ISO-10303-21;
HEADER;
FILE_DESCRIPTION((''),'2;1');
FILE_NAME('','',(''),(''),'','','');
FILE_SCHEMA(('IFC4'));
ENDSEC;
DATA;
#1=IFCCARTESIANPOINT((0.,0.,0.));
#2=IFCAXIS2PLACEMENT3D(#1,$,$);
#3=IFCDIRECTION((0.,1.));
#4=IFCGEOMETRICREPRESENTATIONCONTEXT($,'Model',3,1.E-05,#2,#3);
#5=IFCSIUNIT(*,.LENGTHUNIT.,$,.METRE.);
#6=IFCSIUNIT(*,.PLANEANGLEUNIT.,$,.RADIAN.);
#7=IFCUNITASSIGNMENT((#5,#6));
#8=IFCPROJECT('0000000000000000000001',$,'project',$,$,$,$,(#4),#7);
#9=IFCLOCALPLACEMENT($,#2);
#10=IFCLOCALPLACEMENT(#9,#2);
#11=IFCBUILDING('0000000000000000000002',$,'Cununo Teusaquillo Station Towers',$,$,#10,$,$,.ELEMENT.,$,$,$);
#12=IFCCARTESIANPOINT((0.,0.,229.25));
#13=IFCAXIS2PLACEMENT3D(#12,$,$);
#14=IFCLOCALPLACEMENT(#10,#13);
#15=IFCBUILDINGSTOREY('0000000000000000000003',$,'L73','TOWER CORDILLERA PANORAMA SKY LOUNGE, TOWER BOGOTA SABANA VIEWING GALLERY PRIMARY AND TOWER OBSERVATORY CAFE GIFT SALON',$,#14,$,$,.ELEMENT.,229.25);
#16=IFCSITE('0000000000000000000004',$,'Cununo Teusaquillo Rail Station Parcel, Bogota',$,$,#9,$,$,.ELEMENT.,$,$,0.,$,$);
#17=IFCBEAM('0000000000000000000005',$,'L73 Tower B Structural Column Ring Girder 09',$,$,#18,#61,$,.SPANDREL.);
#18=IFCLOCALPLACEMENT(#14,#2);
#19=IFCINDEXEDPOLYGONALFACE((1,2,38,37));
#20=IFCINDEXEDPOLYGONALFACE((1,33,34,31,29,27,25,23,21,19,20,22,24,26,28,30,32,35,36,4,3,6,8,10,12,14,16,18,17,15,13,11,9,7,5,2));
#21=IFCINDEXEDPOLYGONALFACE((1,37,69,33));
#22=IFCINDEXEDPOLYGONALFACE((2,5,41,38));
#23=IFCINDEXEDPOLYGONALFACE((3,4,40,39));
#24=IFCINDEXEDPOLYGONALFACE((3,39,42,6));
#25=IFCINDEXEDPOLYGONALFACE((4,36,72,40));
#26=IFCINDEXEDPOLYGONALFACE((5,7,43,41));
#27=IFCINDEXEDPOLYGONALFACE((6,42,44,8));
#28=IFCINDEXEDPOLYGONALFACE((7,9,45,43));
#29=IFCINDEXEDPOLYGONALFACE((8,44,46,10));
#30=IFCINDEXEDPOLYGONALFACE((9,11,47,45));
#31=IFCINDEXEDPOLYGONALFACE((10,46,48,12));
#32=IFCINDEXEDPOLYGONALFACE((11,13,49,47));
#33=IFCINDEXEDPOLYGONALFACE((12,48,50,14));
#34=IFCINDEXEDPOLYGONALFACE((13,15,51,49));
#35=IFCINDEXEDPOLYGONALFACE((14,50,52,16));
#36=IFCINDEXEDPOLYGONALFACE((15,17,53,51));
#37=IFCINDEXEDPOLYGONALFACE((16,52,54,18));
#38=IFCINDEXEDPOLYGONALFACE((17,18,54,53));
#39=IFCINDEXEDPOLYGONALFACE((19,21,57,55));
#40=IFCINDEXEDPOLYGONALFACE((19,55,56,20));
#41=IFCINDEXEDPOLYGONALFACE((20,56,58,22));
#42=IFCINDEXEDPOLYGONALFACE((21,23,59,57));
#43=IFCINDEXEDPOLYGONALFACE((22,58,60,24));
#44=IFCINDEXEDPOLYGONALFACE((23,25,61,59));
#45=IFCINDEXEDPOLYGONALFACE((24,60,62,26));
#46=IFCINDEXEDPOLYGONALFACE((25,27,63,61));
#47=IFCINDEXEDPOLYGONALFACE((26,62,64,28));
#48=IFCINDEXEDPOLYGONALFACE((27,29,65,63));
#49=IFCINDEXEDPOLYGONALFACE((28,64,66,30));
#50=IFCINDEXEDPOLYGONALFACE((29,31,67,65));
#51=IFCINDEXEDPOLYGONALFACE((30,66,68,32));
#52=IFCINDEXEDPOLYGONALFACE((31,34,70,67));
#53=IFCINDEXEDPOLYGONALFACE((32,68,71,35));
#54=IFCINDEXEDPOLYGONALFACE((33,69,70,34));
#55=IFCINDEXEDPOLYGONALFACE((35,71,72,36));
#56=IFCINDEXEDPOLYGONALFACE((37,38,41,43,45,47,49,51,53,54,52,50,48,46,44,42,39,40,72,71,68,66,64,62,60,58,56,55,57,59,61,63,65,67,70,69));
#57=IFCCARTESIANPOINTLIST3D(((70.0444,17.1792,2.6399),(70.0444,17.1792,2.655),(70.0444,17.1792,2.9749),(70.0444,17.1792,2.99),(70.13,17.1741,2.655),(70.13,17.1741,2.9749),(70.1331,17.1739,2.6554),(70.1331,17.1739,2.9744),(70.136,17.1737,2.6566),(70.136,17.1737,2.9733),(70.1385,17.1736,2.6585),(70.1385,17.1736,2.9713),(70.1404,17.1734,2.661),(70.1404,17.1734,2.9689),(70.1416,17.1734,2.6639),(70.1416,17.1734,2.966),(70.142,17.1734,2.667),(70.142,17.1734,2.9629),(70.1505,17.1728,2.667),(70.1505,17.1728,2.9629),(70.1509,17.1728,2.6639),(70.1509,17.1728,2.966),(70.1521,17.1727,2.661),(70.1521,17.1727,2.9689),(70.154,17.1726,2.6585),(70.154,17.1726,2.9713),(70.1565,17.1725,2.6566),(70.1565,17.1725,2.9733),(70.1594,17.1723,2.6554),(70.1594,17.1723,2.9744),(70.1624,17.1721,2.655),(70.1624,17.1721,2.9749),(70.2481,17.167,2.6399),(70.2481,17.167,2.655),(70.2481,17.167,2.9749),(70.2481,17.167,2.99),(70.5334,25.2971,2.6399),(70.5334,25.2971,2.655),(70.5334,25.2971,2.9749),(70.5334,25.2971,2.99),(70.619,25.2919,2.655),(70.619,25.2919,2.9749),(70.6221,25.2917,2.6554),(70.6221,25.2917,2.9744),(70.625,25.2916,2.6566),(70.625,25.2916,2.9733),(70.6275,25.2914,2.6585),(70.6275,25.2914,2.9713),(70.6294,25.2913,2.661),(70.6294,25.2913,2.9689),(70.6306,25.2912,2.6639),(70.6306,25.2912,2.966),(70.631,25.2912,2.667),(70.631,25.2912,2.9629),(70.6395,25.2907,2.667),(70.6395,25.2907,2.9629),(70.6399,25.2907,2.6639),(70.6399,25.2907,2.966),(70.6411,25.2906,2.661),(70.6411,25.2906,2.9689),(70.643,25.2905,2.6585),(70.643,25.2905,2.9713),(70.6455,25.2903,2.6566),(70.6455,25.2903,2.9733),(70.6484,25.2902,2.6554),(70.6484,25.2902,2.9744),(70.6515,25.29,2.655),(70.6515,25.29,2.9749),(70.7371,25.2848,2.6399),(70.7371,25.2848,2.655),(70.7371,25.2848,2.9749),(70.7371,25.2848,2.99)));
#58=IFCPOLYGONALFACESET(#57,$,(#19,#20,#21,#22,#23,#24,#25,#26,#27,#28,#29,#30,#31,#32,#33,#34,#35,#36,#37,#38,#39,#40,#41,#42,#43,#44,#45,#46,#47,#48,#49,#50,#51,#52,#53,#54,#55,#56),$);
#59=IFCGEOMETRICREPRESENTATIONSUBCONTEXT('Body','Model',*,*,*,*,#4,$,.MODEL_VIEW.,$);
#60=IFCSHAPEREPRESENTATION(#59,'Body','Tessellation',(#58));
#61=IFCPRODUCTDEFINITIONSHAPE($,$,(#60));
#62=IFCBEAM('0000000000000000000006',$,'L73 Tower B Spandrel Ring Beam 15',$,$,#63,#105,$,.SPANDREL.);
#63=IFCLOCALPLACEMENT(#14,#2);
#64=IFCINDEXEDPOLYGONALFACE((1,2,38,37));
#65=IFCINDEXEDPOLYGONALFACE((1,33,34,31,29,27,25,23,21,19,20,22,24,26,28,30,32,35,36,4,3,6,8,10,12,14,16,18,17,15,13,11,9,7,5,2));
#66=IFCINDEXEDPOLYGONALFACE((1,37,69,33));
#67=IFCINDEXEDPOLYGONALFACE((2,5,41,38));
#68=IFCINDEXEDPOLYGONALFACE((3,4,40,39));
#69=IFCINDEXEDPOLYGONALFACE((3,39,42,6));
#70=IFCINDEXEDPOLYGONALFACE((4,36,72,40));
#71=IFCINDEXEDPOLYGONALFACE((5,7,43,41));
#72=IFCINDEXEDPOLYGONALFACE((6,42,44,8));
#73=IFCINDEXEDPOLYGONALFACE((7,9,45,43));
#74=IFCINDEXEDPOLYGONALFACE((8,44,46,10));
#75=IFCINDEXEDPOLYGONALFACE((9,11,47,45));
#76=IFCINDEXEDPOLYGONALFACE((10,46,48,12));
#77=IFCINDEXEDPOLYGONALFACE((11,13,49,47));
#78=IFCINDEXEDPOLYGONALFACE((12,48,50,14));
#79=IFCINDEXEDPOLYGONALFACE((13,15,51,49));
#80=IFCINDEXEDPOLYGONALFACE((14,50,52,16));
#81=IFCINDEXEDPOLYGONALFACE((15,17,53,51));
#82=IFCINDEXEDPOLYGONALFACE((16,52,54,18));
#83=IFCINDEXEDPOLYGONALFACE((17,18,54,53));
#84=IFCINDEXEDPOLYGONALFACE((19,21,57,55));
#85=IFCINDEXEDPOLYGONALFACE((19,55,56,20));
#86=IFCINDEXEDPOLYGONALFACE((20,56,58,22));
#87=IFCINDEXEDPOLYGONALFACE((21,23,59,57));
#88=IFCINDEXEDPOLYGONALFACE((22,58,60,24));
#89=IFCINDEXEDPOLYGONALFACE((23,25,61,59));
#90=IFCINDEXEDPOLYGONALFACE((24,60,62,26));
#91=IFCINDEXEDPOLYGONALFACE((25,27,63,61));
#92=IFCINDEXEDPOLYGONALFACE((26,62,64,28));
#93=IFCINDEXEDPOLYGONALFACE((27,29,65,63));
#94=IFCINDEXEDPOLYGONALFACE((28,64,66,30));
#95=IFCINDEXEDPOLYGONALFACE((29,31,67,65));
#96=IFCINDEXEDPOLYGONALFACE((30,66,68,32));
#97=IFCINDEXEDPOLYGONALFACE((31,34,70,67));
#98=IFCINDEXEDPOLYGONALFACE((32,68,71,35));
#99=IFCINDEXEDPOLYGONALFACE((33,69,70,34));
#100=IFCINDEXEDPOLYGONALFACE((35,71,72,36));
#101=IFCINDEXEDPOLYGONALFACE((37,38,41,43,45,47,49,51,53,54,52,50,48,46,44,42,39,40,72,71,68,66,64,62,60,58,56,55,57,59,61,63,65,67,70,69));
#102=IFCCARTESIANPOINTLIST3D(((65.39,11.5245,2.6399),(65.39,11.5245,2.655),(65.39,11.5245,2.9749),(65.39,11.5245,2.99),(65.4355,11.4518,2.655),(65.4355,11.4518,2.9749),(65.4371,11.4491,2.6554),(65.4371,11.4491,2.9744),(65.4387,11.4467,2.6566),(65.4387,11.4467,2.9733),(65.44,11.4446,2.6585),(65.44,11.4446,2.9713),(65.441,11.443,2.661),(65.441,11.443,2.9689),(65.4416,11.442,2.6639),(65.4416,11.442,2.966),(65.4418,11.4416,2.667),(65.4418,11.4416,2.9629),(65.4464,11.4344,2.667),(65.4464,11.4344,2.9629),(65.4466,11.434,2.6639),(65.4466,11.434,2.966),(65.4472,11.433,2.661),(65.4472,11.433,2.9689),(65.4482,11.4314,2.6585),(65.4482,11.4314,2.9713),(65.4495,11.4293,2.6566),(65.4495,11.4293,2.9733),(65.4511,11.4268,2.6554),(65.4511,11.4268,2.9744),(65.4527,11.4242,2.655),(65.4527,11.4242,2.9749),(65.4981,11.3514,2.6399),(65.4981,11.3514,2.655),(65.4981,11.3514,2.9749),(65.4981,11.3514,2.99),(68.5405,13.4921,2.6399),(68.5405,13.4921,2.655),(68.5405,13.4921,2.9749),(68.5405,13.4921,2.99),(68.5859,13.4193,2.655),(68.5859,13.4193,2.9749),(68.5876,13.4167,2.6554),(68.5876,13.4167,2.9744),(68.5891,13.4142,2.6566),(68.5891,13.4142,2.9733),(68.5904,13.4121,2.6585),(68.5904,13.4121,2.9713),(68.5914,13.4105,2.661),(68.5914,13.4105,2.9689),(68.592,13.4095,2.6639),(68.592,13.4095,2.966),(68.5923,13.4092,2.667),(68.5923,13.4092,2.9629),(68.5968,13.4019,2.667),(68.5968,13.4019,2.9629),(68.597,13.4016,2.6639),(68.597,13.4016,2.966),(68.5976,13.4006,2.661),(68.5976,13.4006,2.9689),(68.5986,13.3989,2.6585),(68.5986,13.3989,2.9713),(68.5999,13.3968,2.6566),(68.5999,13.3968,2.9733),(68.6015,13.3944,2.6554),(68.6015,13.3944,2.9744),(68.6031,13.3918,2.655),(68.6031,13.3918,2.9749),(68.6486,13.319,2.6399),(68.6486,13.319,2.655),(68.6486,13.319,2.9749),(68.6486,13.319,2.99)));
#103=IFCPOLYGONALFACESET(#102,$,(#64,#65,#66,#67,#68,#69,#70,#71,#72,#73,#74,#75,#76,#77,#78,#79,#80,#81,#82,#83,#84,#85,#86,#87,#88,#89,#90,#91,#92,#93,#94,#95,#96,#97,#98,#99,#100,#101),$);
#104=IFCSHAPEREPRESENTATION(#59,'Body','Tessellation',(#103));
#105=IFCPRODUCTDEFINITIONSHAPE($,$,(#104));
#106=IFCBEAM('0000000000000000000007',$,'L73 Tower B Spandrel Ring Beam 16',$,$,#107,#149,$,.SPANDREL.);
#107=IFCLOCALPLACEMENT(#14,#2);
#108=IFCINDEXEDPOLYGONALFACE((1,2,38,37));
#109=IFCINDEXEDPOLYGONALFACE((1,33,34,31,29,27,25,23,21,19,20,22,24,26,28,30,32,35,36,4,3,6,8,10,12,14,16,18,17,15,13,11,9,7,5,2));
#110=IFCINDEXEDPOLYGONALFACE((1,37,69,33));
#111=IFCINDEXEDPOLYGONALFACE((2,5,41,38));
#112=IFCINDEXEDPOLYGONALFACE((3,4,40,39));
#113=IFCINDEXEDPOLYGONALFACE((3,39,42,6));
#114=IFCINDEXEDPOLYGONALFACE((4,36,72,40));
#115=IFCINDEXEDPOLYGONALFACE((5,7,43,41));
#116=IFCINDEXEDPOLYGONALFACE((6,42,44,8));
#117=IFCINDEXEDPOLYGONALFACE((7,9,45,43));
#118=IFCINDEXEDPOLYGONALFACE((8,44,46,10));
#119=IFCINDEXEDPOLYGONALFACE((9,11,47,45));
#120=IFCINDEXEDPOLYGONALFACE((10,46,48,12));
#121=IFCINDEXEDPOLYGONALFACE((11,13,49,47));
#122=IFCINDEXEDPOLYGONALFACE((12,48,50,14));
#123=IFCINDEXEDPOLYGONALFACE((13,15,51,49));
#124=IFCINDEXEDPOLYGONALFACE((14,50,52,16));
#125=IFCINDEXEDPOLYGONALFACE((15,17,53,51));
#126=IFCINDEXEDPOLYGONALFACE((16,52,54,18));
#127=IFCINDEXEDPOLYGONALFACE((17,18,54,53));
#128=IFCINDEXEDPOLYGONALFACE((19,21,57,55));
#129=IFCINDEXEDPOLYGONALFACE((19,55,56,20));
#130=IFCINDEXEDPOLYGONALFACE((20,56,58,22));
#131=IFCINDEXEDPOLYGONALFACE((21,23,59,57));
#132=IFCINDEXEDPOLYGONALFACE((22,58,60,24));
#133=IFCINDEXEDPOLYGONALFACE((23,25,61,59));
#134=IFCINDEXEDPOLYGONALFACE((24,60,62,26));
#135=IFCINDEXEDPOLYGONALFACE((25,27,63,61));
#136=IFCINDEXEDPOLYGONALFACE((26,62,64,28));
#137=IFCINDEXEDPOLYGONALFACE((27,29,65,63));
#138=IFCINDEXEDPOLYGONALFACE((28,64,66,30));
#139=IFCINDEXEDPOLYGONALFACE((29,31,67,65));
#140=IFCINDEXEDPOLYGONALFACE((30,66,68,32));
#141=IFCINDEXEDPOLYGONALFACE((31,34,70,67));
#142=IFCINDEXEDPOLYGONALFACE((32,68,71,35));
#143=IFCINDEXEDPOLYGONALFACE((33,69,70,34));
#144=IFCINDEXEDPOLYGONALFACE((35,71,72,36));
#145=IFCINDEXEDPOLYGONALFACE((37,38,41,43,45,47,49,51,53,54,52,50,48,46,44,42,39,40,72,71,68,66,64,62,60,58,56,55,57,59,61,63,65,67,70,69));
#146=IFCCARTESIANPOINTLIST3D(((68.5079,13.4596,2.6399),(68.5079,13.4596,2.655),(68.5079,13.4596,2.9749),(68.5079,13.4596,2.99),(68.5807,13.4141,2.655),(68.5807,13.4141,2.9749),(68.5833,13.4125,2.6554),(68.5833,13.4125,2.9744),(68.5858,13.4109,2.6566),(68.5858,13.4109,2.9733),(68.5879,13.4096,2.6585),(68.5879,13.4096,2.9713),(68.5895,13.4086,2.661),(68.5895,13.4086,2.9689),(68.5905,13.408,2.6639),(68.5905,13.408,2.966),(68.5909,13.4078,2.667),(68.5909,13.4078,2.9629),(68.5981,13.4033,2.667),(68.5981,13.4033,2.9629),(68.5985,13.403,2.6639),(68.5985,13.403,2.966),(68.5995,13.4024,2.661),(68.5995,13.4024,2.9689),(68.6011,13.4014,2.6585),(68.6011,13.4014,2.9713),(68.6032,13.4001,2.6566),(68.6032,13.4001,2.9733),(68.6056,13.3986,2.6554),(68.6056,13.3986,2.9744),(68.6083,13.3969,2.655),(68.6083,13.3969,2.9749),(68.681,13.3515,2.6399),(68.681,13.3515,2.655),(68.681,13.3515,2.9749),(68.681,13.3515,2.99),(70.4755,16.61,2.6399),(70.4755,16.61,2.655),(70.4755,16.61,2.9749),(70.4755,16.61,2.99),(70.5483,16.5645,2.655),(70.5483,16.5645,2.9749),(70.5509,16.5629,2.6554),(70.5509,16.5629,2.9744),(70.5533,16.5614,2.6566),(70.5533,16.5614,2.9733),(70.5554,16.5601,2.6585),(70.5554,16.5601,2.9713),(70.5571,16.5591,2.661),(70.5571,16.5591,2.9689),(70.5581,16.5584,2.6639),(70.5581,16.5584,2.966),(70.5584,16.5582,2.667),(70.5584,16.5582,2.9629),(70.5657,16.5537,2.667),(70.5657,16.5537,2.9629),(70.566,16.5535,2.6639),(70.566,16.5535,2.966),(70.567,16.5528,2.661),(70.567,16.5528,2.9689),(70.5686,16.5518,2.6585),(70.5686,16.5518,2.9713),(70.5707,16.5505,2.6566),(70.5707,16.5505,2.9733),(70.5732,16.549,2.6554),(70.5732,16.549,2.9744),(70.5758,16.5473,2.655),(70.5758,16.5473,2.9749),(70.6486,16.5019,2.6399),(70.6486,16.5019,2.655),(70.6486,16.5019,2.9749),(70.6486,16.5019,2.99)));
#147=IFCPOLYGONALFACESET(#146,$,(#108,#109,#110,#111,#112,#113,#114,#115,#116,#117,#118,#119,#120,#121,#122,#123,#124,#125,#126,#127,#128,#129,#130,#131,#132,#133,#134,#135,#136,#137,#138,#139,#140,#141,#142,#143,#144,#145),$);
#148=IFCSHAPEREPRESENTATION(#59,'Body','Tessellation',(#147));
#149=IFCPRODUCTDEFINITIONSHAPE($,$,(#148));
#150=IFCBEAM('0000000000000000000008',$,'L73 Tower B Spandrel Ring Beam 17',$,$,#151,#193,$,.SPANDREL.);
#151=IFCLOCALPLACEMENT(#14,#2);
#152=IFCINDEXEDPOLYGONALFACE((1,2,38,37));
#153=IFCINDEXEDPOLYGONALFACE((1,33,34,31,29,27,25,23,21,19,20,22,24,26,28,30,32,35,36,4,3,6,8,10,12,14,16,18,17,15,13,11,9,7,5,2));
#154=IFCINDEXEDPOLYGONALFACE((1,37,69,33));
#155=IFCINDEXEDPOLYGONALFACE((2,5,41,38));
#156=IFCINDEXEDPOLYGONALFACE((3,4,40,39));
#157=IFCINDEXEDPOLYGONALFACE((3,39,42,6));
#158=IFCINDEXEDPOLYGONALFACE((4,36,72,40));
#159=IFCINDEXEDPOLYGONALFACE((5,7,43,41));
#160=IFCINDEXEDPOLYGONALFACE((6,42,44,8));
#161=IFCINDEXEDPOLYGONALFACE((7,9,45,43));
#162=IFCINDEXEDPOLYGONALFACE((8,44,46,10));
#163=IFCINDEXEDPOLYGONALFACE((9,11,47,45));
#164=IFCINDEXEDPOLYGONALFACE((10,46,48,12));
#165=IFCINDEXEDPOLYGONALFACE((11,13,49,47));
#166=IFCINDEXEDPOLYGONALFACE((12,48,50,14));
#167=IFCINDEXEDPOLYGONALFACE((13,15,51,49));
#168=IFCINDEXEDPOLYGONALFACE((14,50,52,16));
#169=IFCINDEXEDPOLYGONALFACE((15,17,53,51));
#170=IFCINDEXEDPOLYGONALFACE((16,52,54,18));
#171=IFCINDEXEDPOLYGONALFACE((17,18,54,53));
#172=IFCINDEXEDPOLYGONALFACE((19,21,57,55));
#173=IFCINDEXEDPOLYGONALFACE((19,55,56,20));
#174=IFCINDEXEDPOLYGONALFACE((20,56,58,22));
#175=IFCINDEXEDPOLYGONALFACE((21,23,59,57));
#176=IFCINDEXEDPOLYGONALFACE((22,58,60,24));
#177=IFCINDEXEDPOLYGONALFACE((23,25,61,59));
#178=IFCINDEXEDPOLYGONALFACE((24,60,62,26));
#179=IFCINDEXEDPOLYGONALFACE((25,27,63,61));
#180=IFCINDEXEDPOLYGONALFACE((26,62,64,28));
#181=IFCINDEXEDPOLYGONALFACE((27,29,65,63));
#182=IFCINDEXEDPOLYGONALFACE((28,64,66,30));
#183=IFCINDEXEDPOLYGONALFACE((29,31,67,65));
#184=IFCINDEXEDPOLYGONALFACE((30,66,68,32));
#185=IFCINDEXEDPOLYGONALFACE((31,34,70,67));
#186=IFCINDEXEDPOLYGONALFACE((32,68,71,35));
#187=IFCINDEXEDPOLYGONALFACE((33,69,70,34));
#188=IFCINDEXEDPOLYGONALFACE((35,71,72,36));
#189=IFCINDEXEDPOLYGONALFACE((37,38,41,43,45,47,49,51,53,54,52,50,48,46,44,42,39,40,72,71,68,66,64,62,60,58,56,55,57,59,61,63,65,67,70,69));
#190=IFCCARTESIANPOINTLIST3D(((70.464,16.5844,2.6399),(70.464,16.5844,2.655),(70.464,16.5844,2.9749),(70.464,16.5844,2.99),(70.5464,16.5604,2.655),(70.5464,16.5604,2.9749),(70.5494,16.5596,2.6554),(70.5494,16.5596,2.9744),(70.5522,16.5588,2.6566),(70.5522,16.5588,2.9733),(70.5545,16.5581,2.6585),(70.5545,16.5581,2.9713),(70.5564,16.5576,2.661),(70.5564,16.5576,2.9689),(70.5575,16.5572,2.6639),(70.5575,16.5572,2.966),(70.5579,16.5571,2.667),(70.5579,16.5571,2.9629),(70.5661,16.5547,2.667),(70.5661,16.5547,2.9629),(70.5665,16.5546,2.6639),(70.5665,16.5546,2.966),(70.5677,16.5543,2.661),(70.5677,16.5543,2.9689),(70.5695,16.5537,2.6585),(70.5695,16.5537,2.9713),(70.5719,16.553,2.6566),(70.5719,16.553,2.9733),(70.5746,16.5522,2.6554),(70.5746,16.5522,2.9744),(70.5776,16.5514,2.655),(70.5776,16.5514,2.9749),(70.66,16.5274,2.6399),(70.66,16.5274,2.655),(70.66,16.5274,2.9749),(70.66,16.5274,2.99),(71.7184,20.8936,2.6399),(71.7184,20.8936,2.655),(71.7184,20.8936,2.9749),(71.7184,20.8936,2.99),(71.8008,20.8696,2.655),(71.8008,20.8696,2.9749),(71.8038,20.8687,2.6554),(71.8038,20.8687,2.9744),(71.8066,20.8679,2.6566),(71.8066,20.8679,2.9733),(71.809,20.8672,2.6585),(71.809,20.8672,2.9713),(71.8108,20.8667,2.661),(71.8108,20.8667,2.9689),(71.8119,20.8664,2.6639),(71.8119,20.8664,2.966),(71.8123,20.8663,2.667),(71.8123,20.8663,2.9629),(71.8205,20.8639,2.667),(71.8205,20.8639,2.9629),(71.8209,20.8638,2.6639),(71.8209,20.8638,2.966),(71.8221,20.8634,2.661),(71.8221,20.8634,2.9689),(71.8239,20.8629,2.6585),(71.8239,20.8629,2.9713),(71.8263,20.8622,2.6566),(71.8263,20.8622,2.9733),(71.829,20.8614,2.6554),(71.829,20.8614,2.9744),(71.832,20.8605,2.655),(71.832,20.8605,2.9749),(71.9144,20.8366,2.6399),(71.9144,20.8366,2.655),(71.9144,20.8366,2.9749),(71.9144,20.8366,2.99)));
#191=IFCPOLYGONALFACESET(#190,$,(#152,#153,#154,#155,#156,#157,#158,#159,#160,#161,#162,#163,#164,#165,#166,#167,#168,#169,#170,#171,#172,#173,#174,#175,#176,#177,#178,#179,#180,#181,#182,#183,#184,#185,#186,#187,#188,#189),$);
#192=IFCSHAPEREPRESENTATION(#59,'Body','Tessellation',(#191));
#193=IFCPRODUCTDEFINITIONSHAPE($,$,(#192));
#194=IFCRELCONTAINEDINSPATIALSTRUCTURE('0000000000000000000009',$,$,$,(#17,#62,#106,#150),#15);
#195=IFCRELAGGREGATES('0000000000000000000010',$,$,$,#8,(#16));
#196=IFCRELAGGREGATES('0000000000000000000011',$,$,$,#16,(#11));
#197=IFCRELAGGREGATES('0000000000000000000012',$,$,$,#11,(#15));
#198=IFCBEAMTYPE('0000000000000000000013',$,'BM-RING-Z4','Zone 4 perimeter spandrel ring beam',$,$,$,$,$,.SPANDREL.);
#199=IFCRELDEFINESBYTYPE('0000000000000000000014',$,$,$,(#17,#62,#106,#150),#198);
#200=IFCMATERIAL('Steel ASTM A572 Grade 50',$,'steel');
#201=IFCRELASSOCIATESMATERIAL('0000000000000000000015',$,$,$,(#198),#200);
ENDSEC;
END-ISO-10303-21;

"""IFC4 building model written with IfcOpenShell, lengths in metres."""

from ifc_helpers import new_model, si_unit, direction, frame, origin, origin_2d, place, context, subcontext, project, spatial, i_section, extrude, material, material_profile, profile_set, type_object, element, save


model = new_model("IFC4")

# Units and contexts
model_context = context("Model", 3, precision=1e-05, world=origin(), true_north=direction((0.0, 1.0)))
body_context = subcontext(model_context, "Body", "Model", "MODEL_VIEW")
ifc_project = project(units=[si_unit("LENGTHUNIT", "METRE"), si_unit("PLANEANGLEUNIT", "RADIAN")], contexts=[model_context])

# Site, building, storey
site_placement = place(None, origin())
site = spatial("IfcSite", under=ifc_project, at=site_placement, Name="Cununo Teusaquillo Rail Station Parcel, Bogota", CompositionType="ELEMENT", RefElevation=0.0)
building_placement = place(site_placement, origin())
building = spatial("IfcBuilding", under=site, at=building_placement, Name="Cununo Teusaquillo Station Towers", CompositionType="ELEMENT")
storey_placement = place(building_placement, frame((0.0, 0.0, 229.25)))
storey = spatial("IfcBuildingStorey", under=building, at=storey_placement, Name="L73", Description="TOWER CORDILLERA PANORAMA SKY LOUNGE, TOWER BOGOTA SABANA VIEWING GALLERY PRIMARY AND TOWER OBSERVATORY CAFE GIFT SALON", CompositionType="ELEMENT", Elevation=229.25)

# Beams
ifc_material_1 = material(Name="Steel ASTM A572 Grade 50", Category="steel")
ifc_material_profile_1 = material_profile(ifc_material_1, i_section(OverallWidth=0.2041, OverallDepth=0.3501, WebThickness=0.0085, FlangeThickness=0.0151, FilletRadius=0.012, at=origin_2d()), Name="W14X48")
ifc_profile_set_1 = profile_set([ifc_material_profile_1], Name="Steel ASTM A572 Grade 50")
beam_type_1 = type_object("IfcBeamType", Name="BM-RING-Z4", Description="Zone 4 perimeter spandrel ring beam", PredefinedType="SPANDREL", material=ifc_profile_set_1)
beam_1_placement = place(storey_placement, frame((70.1462, 17.1731, 2.8149), z_axis=(0.06013, 0.998191, 0.0), x_axis=(-0.998191, 0.06013, 0.0)))
element("IfcBeam", 1, at=beam_1_placement, inside=storey, type_object=beam_type_1, Name="L73 Tower B Structural Column Ring Girder 09", PredefinedType="SPANDREL", context=body_context, shape_type="SweptSolid", body=[
    extrude(i_section(OverallWidth=0.2041, OverallDepth=0.3501, WebThickness=0.0085, FlangeThickness=0.0151, FilletRadius=0.012, at=origin_2d()), origin(), (0.0, 0.0, 1.0), 8.1326),
])
for number, where, z_axis, x_axis, name in (
    (2, (65.4441, 11.438, 2.8149), (0.848176, 0.529715, 0.0), (-0.529715, 0.848176, 0.0), "L73 Tower B Spandrel Ring Beam 15"),
    (3, (68.5945, 13.4055, 2.8149), (0.529715, 0.848176, 0.0), (-0.848176, 0.529715, 0.0), "L73 Tower B Spandrel Ring Beam 16"),
):
    element("IfcBeam", number, at=place(storey_placement, frame(where, z_axis=z_axis, x_axis=x_axis)), inside=storey, type_object=beam_type_1, Name=name, PredefinedType="SPANDREL", context=body_context, shape_type="SweptSolid", body=[
        extrude(i_section(OverallWidth=0.2041, OverallDepth=0.3501, WebThickness=0.0085, FlangeThickness=0.0151, FilletRadius=0.012, at=origin_2d()), origin(), (0.0, 0.0, 1.0), 3.7144),
    ])
beam_2_placement = place(storey_placement, frame((70.562, 16.5559, 2.8149), z_axis=(0.279503, 0.960145, 0.0), x_axis=(-0.960145, 0.279503, 0.0)))
element("IfcBeam", 4, at=beam_2_placement, inside=storey, type_object=beam_type_1, Name="L73 Tower B Spandrel Ring Beam 17", PredefinedType="SPANDREL", context=body_context, shape_type="SweptSolid", body=[
    extrude(i_section(OverallWidth=0.2041, OverallDepth=0.3501, WebThickness=0.0085, FlangeThickness=0.0151, FilletRadius=0.012, at=origin_2d()), origin(), (0.0, 0.0, 1.0), 4.488),
])

save(model, "model.ifc")
